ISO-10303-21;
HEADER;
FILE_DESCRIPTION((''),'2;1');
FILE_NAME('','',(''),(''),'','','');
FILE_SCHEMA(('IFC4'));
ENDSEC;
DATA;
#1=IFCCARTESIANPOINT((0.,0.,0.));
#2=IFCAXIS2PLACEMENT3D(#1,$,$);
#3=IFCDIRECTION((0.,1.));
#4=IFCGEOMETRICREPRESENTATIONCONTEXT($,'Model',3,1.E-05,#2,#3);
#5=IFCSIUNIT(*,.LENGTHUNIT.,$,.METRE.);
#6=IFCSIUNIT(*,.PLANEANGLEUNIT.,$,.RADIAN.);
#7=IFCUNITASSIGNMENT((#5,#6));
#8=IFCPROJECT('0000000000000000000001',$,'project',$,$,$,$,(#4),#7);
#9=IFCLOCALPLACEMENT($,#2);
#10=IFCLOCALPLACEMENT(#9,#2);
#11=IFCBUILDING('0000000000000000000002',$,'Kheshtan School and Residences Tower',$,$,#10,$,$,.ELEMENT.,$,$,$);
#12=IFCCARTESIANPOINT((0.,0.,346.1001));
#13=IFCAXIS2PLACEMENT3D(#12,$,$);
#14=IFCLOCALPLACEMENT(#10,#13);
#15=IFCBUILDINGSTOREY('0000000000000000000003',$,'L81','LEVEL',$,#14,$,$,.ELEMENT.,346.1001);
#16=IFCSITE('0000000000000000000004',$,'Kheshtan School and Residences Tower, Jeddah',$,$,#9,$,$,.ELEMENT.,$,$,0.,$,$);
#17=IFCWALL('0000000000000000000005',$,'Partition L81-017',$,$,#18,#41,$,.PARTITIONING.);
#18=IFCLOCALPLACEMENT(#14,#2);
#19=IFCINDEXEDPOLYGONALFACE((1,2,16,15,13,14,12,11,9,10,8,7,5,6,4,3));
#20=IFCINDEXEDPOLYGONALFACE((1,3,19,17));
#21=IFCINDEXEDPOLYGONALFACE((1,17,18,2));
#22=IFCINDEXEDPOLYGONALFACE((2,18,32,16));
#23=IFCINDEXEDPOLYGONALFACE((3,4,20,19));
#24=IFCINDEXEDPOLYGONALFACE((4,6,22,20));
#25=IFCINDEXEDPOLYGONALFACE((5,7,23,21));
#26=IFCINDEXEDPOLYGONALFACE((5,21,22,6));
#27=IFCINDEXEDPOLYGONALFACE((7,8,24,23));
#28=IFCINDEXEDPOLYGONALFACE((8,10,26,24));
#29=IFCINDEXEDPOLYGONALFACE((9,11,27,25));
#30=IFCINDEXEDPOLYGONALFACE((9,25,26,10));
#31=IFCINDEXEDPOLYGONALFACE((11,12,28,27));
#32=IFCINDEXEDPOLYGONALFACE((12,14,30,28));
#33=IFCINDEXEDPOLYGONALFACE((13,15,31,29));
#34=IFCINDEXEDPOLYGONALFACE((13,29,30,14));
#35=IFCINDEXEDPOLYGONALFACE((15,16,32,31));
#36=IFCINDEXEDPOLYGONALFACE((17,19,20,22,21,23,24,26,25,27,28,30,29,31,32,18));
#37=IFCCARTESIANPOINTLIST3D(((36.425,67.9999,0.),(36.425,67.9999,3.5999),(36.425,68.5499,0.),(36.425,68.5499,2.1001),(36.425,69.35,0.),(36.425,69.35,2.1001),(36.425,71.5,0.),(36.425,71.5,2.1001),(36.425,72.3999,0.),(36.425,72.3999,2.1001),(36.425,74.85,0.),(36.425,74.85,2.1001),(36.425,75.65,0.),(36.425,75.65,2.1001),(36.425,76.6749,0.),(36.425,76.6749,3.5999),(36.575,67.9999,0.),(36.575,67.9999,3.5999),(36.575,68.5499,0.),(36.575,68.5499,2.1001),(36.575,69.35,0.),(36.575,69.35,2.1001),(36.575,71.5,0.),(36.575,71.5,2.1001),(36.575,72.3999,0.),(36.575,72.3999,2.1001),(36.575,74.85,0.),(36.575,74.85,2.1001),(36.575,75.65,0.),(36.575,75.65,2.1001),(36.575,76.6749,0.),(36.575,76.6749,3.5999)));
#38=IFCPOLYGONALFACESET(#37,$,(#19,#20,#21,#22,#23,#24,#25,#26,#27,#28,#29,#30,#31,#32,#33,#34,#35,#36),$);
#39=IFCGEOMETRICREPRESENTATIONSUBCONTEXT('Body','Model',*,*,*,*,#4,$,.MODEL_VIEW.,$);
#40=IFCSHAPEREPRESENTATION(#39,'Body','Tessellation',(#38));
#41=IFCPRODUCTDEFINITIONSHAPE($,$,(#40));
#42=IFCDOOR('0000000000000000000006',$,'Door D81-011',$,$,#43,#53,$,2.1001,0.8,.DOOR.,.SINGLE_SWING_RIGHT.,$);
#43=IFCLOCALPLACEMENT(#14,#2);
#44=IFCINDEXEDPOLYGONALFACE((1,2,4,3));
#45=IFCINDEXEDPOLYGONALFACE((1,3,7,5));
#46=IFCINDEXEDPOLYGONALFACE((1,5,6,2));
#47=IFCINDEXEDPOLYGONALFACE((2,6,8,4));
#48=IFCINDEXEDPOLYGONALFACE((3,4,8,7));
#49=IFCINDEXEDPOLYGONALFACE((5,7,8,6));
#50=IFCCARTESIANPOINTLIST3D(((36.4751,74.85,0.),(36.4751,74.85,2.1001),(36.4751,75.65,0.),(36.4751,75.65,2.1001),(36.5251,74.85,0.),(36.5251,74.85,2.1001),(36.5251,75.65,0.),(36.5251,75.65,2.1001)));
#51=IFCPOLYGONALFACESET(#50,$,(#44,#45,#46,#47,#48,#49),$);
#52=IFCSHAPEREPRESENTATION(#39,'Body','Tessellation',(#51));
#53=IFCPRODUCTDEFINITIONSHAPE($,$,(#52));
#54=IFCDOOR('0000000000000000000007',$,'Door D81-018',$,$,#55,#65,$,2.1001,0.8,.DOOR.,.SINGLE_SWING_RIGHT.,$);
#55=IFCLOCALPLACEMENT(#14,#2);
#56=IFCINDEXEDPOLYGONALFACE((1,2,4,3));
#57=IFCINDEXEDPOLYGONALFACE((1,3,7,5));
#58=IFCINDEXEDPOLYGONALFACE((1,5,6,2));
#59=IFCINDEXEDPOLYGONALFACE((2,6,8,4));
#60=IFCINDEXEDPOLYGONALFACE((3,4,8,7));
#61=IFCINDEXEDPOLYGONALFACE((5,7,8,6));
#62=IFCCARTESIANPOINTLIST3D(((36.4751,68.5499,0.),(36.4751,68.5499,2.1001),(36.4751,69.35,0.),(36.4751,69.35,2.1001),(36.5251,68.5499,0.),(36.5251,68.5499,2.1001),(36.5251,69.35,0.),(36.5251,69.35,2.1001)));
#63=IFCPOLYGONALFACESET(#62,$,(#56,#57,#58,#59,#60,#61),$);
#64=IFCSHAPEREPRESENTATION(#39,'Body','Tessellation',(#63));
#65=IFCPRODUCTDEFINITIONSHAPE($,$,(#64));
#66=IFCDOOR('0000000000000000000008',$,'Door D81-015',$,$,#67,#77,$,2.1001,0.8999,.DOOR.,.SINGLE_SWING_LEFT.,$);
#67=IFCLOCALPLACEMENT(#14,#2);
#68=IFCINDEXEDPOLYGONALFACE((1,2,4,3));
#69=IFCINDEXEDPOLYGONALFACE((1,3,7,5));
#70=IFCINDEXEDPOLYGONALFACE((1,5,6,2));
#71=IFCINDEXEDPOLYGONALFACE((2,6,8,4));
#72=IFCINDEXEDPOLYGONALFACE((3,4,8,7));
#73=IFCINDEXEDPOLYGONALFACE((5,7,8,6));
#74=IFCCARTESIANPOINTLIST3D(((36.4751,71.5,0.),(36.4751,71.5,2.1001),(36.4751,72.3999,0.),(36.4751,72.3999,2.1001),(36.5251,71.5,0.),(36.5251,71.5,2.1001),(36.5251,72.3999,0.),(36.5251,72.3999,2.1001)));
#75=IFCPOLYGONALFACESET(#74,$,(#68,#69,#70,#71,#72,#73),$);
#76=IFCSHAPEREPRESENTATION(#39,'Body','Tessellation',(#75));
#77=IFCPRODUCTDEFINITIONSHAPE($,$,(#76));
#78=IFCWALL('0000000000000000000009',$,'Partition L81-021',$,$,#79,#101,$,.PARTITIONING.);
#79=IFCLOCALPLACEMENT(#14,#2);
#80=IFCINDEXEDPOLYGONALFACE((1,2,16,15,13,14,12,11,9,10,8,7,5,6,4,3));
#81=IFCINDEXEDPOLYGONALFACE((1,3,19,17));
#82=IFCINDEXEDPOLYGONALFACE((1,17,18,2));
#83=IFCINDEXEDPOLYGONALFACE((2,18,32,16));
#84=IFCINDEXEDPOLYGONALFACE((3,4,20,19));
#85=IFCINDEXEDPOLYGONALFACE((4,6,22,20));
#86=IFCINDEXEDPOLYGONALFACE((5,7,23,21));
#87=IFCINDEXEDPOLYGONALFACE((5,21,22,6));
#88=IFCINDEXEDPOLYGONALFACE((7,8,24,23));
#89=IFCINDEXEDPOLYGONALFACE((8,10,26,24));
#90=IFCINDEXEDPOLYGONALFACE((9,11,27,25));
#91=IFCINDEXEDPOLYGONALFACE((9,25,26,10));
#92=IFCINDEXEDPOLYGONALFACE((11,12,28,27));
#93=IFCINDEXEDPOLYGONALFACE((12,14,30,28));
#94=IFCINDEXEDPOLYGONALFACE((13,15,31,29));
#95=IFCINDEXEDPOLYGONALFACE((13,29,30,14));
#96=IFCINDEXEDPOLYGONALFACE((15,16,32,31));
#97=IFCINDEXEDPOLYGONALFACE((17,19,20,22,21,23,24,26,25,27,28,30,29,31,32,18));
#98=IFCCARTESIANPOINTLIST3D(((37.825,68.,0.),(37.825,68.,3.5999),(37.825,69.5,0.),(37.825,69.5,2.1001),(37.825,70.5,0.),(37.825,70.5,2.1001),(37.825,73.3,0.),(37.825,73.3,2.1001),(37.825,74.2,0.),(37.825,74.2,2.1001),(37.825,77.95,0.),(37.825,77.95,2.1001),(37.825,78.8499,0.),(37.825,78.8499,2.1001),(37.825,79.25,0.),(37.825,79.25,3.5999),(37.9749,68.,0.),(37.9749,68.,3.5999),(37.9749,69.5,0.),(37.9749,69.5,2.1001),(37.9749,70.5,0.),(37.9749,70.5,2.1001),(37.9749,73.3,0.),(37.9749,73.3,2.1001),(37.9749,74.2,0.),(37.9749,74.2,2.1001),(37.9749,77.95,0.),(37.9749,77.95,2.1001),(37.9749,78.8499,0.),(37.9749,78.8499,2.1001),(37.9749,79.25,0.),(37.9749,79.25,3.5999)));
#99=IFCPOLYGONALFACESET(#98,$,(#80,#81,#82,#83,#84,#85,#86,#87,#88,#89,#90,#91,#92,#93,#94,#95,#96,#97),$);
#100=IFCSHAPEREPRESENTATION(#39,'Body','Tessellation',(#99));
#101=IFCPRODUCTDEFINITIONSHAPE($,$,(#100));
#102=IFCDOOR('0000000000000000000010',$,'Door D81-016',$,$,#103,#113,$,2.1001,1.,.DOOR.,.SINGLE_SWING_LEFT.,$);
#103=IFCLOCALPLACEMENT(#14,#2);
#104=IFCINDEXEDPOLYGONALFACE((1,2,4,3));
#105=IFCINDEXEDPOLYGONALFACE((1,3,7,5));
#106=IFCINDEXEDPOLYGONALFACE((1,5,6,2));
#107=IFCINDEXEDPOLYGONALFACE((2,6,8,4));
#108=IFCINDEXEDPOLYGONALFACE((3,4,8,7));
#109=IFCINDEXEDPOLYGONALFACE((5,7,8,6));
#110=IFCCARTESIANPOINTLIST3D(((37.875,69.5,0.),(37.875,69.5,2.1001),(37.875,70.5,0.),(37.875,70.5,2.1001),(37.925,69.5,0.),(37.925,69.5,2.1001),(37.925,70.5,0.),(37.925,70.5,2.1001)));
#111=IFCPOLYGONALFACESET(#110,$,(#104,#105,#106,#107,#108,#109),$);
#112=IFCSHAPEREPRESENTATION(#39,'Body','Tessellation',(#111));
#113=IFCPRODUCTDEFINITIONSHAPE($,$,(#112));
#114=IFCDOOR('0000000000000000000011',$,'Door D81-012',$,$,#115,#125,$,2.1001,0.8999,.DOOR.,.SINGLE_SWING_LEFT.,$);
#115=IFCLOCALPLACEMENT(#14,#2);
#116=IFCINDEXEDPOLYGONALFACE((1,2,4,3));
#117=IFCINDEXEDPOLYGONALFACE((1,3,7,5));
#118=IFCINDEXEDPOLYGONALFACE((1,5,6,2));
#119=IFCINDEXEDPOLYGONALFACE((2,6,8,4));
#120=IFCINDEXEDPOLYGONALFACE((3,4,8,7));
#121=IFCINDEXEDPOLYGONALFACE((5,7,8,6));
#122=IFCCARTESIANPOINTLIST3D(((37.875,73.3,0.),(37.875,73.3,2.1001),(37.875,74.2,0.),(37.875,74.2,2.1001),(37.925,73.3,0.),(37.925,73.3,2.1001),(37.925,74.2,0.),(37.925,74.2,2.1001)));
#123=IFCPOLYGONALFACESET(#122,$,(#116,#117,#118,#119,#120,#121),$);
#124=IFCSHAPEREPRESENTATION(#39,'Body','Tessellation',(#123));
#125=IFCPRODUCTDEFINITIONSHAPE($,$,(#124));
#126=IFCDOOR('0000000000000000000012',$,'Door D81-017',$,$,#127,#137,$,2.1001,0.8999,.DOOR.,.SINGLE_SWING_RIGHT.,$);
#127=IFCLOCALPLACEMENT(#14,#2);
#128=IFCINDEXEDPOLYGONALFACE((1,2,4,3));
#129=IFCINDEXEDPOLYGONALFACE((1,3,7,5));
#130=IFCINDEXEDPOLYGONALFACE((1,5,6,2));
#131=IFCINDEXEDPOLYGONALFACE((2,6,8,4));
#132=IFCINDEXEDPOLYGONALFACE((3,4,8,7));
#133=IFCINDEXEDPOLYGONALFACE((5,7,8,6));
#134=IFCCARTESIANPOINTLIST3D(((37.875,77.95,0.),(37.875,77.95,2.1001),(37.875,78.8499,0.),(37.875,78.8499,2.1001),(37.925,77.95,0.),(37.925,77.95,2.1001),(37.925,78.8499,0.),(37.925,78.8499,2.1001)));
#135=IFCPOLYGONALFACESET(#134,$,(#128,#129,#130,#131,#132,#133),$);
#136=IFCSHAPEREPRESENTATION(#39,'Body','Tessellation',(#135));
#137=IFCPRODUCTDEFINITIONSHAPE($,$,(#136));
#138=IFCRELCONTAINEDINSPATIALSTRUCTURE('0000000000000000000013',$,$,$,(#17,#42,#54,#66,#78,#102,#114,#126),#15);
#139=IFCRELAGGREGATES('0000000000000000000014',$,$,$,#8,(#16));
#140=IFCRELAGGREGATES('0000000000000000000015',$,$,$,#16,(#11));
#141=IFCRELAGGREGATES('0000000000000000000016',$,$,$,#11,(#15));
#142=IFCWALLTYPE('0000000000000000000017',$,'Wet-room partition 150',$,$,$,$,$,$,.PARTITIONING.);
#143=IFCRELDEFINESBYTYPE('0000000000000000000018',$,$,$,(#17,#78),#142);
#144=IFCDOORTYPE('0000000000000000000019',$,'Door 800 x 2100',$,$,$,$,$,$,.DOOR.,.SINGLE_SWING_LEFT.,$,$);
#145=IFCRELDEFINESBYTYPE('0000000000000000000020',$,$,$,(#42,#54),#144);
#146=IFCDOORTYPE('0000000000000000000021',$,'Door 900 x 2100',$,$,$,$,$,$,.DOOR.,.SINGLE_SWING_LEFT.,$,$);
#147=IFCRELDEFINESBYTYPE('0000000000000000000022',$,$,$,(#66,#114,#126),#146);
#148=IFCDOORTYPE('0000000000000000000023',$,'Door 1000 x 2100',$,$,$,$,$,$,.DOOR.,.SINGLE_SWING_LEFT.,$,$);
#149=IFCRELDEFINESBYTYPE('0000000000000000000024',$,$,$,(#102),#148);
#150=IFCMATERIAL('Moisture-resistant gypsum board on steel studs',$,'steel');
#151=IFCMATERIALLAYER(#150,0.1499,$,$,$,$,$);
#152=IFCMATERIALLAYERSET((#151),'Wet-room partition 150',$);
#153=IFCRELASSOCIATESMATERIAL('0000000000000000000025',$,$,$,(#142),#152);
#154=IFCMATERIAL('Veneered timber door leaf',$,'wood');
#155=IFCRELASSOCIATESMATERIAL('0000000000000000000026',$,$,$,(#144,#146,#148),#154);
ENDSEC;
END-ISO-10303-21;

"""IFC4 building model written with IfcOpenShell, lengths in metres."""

from ifc_helpers import new_model, si_unit, direction, frame, frame_2d, origin, place, context, subcontext, project, spatial, rectangle, extrude, source, transform, mapped, material, layer, layer_set, type_object, element, fill, save


model = new_model("IFC4")

# Units and contexts
model_context = context("Model", 3, precision=1e-05, world=origin(), true_north=direction((0.0, 1.0)))
body_context = subcontext(model_context, "Body", "Model", "MODEL_VIEW")
ifc_project = project(units=[si_unit("LENGTHUNIT", "METRE"), si_unit("PLANEANGLEUNIT", "RADIAN")], contexts=[model_context])

# Site, building, storey
site_placement = place(None, origin())
site = spatial("IfcSite", under=ifc_project, at=site_placement, Name="Kheshtan School and Residences Tower, Jeddah", CompositionType="ELEMENT", RefElevation=0.0)
building_placement = place(site_placement, origin())
building = spatial("IfcBuilding", under=site, at=building_placement, Name="Kheshtan School and Residences Tower", CompositionType="ELEMENT")
storey_placement = place(building_placement, frame((0.0, 0.0, 346.1001)))
storey = spatial("IfcBuildingStorey", under=building, at=storey_placement, Name="L81", Description="LEVEL", CompositionType="ELEMENT", Elevation=346.1001)

# Shared definitions
ifc_material_1 = material(Name="Moisture-resistant gypsum board on steel studs", Category="steel")
ifc_layer_1 = layer(ifc_material_1, 0.1499)
ifc_layer_set_1 = layer_set([ifc_layer_1], Name="Wet-room partition 150")
wall_type_1 = type_object("IfcWallType", Name="Wet-room partition 150", PredefinedType="PARTITIONING", material=ifc_layer_set_1)

# Walls, openings, doors
wall_1_placement = place(storey_placement, frame((36.5, 68.0, 0.0), z_axis=(0.0, 0.0, 1.0), x_axis=(0.0, 1.0, 0.0)))
wall_1 = element("IfcWall", 1, at=wall_1_placement, inside=storey, type_object=wall_type_1, Name="Partition L81-017", PredefinedType="PARTITIONING", context=body_context, shape_type="SweptSolid", body=[
    extrude(rectangle(XDim=8.675, YDim=0.1499, at=frame_2d((4.3374, 0.0))), origin(), (0.0, 0.0, 1.0), 3.5999),
])
opening_1_placement = place(wall_1_placement, frame((6.8501, 0.0, 0.0)))
opening_1 = element("IfcOpeningElement", 2, at=opening_1_placement, cuts=wall_1, PredefinedType="OPENING", context=body_context, shape_type="SweptSolid", body=[
    extrude(rectangle(XDim=0.8, YDim=2.1001, at=frame_2d((0.3999, 1.05))), frame((0.0, 0.085, 0.0), z_axis=(0.0, -1.0, 0.0), x_axis=(1.0, 0.0, 0.0)), (0.0, 0.0, 1.0), 0.1699),
])
opening_2_placement = place(wall_1_placement, frame((3.5, 0.0, 0.0)))
opening_2 = element("IfcOpeningElement", 3, at=opening_2_placement, cuts=wall_1, PredefinedType="OPENING", context=body_context, shape_type="SweptSolid", body=[
    extrude(rectangle(XDim=0.8999, YDim=2.1001, at=frame_2d((0.45, 1.05))), frame((0.0, 0.085, 0.0), z_axis=(0.0, -1.0, 0.0), x_axis=(1.0, 0.0, 0.0)), (0.0, 0.0, 1.0), 0.1699),
])
opening_3_placement = place(wall_1_placement, frame((0.55, 0.0, 0.0)))
opening_3 = element("IfcOpeningElement", 4, at=opening_3_placement, cuts=wall_1, PredefinedType="OPENING", context=body_context, shape_type="SweptSolid", body=[
    extrude(rectangle(XDim=0.8, YDim=2.1001, at=frame_2d((0.3999, 1.05))), frame((0.0, 0.085, 0.0), z_axis=(0.0, -1.0, 0.0), x_axis=(1.0, 0.0, 0.0)), (0.0, 0.0, 1.0), 0.1699),
])
ifc_material_2 = material(Name="Veneered timber door leaf", Category="wood")
door_type_1 = type_object("IfcDoorType", Name="Door 800 x 2100", OperationType="SINGLE_SWING_LEFT", PredefinedType="DOOR", material=ifc_material_2)
shared_shape_1 = source(origin(), body_context, "Body", "SweptSolid", [
    extrude(rectangle(XDim=0.8, YDim=2.1001, at=frame_2d((0.3999, 1.05))), frame((0.0, 0.0249, 0.0), z_axis=(0.0, -1.0, 0.0), x_axis=(1.0, 0.0, 0.0)), (0.0, 0.0, 1.0), 0.05),
])
door_1_placement = place(opening_1_placement, origin())
door_1 = element("IfcDoor", 5, at=door_1_placement, inside=storey, type_object=door_type_1, Name="Door D81-011", OperationType="SINGLE_SWING_RIGHT", OverallHeight=2.1001, OverallWidth=0.8, PredefinedType="DOOR", context=body_context, shape_type="MappedRepresentation", body=[
    mapped(shared_shape_1, transform((0.0, 0.0, 0.0), x_axis=(1.0, 0.0, 0.0), y_axis=(0.0, 1.0, 0.0), z_axis=(0.0, 0.0, 1.0), scale=1.0)),
])
fill(opening_1, door_1)
door_2_placement = place(opening_3_placement, origin())
door_2 = element("IfcDoor", 6, at=door_2_placement, inside=storey, type_object=door_type_1, Name="Door D81-018", OperationType="SINGLE_SWING_RIGHT", OverallHeight=2.1001, OverallWidth=0.8, PredefinedType="DOOR", context=body_context, shape_type="MappedRepresentation", body=[
    mapped(shared_shape_1, transform((0.0, 0.0, 0.0), x_axis=(1.0, 0.0, 0.0), y_axis=(0.0, 1.0, 0.0), z_axis=(0.0, 0.0, 1.0), scale=1.0)),
])
fill(opening_3, door_2)
door_type_2 = type_object("IfcDoorType", Name="Door 900 x 2100", OperationType="SINGLE_SWING_LEFT", PredefinedType="DOOR", material=ifc_material_2)
shared_shape_2 = source(origin(), body_context, "Body", "SweptSolid", [
    extrude(rectangle(XDim=0.8999, YDim=2.1001, at=frame_2d((0.45, 1.05))), frame((0.0, 0.0249, 0.0), z_axis=(0.0, -1.0, 0.0), x_axis=(1.0, 0.0, 0.0)), (0.0, 0.0, 1.0), 0.05),
])
door_3_placement = place(opening_2_placement, origin())
door_3 = element("IfcDoor", 7, at=door_3_placement, inside=storey, type_object=door_type_2, Name="Door D81-015", OperationType="SINGLE_SWING_LEFT", OverallHeight=2.1001, OverallWidth=0.8999, PredefinedType="DOOR", context=body_context, shape_type="MappedRepresentation", body=[
    mapped(shared_shape_2, transform((0.0, 0.0, 0.0), x_axis=(1.0, 0.0, 0.0), y_axis=(0.0, 1.0, 0.0), z_axis=(0.0, 0.0, 1.0), scale=1.0)),
])
fill(opening_2, door_3)
wall_2_placement = place(storey_placement, frame((37.8999, 68.0, 0.0), z_axis=(0.0, 0.0, 1.0), x_axis=(0.0, 1.0, 0.0)))
wall_2 = element("IfcWall", 8, at=wall_2_placement, inside=storey, type_object=wall_type_1, Name="Partition L81-021", PredefinedType="PARTITIONING", context=body_context, shape_type="SweptSolid", body=[
    extrude(rectangle(XDim=11.25, YDim=0.1499, at=frame_2d((5.625, 0.0))), origin(), (0.0, 0.0, 1.0), 3.5999),
])
opening_4_placement = place(wall_2_placement, frame((5.3, 0.0, 0.0)))
opening_4 = element("IfcOpeningElement", 9, at=opening_4_placement, cuts=wall_2, PredefinedType="OPENING", context=body_context, shape_type="SweptSolid", body=[
    extrude(rectangle(XDim=0.8999, YDim=2.1001, at=frame_2d((0.45, 1.05))), frame((0.0, 0.085, 0.0), z_axis=(0.0, -1.0, 0.0), x_axis=(1.0, 0.0, 0.0)), (0.0, 0.0, 1.0), 0.1699),
])
opening_5_placement = place(wall_2_placement, frame((1.5, 0.0, 0.0)))
opening_5 = element("IfcOpeningElement", 10, at=opening_5_placement, cuts=wall_2, PredefinedType="OPENING", context=body_context, shape_type="SweptSolid", body=[
    extrude(rectangle(XDim=1.0, YDim=2.1001, at=frame_2d((0.5, 1.05))), frame((0.0, 0.085, 0.0), z_axis=(0.0, -1.0, 0.0), x_axis=(1.0, 0.0, 0.0)), (0.0, 0.0, 1.0), 0.1699),
])
opening_6_placement = place(wall_2_placement, frame((9.95, 0.0, 0.0)))
opening_6 = element("IfcOpeningElement", 11, at=opening_6_placement, cuts=wall_2, PredefinedType="OPENING", context=body_context, shape_type="SweptSolid", body=[
    extrude(rectangle(XDim=0.8999, YDim=2.1001, at=frame_2d((0.45, 1.05))), frame((0.0, 0.085, 0.0), z_axis=(0.0, -1.0, 0.0), x_axis=(1.0, 0.0, 0.0)), (0.0, 0.0, 1.0), 0.1699),
])
door_type_3 = type_object("IfcDoorType", Name="Door 1000 x 2100", OperationType="SINGLE_SWING_LEFT", PredefinedType="DOOR", material=ifc_material_2)
shared_shape_3 = source(origin(), body_context, "Body", "SweptSolid", [
    extrude(rectangle(XDim=1.0, YDim=2.1001, at=frame_2d((0.5, 1.05))), frame((0.0, 0.0249, 0.0), z_axis=(0.0, -1.0, 0.0), x_axis=(1.0, 0.0, 0.0)), (0.0, 0.0, 1.0), 0.05),
])
door_4_placement = place(opening_5_placement, origin())
door_4 = element("IfcDoor", 12, at=door_4_placement, inside=storey, type_object=door_type_3, Name="Door D81-016", OperationType="SINGLE_SWING_LEFT", OverallHeight=2.1001, OverallWidth=1.0, PredefinedType="DOOR", context=body_context, shape_type="MappedRepresentation", body=[
    mapped(shared_shape_3, transform((0.0, 0.0, 0.0), x_axis=(1.0, 0.0, 0.0), y_axis=(0.0, 1.0, 0.0), z_axis=(0.0, 0.0, 1.0), scale=1.0)),
])
fill(opening_5, door_4)
door_5_placement = place(opening_4_placement, origin())
door_5 = element("IfcDoor", 13, at=door_5_placement, inside=storey, type_object=door_type_2, Name="Door D81-012", OperationType="SINGLE_SWING_LEFT", OverallHeight=2.1001, OverallWidth=0.8999, PredefinedType="DOOR", context=body_context, shape_type="MappedRepresentation", body=[
    mapped(shared_shape_2, transform((0.0, 0.0, 0.0), x_axis=(1.0, 0.0, 0.0), y_axis=(0.0, 1.0, 0.0), z_axis=(0.0, 0.0, 1.0), scale=1.0)),
])
fill(opening_4, door_5)
door_6_placement = place(opening_6_placement, origin())
door_6 = element("IfcDoor", 14, at=door_6_placement, inside=storey, type_object=door_type_2, Name="Door D81-017", OperationType="SINGLE_SWING_RIGHT", OverallHeight=2.1001, OverallWidth=0.8999, PredefinedType="DOOR", context=body_context, shape_type="MappedRepresentation", body=[
    mapped(shared_shape_2, transform((0.0, 0.0, 0.0), x_axis=(1.0, 0.0, 0.0), y_axis=(0.0, 1.0, 0.0), z_axis=(0.0, 0.0, 1.0), scale=1.0)),
])
fill(opening_6, door_6)

save(model, "model.ifc")
